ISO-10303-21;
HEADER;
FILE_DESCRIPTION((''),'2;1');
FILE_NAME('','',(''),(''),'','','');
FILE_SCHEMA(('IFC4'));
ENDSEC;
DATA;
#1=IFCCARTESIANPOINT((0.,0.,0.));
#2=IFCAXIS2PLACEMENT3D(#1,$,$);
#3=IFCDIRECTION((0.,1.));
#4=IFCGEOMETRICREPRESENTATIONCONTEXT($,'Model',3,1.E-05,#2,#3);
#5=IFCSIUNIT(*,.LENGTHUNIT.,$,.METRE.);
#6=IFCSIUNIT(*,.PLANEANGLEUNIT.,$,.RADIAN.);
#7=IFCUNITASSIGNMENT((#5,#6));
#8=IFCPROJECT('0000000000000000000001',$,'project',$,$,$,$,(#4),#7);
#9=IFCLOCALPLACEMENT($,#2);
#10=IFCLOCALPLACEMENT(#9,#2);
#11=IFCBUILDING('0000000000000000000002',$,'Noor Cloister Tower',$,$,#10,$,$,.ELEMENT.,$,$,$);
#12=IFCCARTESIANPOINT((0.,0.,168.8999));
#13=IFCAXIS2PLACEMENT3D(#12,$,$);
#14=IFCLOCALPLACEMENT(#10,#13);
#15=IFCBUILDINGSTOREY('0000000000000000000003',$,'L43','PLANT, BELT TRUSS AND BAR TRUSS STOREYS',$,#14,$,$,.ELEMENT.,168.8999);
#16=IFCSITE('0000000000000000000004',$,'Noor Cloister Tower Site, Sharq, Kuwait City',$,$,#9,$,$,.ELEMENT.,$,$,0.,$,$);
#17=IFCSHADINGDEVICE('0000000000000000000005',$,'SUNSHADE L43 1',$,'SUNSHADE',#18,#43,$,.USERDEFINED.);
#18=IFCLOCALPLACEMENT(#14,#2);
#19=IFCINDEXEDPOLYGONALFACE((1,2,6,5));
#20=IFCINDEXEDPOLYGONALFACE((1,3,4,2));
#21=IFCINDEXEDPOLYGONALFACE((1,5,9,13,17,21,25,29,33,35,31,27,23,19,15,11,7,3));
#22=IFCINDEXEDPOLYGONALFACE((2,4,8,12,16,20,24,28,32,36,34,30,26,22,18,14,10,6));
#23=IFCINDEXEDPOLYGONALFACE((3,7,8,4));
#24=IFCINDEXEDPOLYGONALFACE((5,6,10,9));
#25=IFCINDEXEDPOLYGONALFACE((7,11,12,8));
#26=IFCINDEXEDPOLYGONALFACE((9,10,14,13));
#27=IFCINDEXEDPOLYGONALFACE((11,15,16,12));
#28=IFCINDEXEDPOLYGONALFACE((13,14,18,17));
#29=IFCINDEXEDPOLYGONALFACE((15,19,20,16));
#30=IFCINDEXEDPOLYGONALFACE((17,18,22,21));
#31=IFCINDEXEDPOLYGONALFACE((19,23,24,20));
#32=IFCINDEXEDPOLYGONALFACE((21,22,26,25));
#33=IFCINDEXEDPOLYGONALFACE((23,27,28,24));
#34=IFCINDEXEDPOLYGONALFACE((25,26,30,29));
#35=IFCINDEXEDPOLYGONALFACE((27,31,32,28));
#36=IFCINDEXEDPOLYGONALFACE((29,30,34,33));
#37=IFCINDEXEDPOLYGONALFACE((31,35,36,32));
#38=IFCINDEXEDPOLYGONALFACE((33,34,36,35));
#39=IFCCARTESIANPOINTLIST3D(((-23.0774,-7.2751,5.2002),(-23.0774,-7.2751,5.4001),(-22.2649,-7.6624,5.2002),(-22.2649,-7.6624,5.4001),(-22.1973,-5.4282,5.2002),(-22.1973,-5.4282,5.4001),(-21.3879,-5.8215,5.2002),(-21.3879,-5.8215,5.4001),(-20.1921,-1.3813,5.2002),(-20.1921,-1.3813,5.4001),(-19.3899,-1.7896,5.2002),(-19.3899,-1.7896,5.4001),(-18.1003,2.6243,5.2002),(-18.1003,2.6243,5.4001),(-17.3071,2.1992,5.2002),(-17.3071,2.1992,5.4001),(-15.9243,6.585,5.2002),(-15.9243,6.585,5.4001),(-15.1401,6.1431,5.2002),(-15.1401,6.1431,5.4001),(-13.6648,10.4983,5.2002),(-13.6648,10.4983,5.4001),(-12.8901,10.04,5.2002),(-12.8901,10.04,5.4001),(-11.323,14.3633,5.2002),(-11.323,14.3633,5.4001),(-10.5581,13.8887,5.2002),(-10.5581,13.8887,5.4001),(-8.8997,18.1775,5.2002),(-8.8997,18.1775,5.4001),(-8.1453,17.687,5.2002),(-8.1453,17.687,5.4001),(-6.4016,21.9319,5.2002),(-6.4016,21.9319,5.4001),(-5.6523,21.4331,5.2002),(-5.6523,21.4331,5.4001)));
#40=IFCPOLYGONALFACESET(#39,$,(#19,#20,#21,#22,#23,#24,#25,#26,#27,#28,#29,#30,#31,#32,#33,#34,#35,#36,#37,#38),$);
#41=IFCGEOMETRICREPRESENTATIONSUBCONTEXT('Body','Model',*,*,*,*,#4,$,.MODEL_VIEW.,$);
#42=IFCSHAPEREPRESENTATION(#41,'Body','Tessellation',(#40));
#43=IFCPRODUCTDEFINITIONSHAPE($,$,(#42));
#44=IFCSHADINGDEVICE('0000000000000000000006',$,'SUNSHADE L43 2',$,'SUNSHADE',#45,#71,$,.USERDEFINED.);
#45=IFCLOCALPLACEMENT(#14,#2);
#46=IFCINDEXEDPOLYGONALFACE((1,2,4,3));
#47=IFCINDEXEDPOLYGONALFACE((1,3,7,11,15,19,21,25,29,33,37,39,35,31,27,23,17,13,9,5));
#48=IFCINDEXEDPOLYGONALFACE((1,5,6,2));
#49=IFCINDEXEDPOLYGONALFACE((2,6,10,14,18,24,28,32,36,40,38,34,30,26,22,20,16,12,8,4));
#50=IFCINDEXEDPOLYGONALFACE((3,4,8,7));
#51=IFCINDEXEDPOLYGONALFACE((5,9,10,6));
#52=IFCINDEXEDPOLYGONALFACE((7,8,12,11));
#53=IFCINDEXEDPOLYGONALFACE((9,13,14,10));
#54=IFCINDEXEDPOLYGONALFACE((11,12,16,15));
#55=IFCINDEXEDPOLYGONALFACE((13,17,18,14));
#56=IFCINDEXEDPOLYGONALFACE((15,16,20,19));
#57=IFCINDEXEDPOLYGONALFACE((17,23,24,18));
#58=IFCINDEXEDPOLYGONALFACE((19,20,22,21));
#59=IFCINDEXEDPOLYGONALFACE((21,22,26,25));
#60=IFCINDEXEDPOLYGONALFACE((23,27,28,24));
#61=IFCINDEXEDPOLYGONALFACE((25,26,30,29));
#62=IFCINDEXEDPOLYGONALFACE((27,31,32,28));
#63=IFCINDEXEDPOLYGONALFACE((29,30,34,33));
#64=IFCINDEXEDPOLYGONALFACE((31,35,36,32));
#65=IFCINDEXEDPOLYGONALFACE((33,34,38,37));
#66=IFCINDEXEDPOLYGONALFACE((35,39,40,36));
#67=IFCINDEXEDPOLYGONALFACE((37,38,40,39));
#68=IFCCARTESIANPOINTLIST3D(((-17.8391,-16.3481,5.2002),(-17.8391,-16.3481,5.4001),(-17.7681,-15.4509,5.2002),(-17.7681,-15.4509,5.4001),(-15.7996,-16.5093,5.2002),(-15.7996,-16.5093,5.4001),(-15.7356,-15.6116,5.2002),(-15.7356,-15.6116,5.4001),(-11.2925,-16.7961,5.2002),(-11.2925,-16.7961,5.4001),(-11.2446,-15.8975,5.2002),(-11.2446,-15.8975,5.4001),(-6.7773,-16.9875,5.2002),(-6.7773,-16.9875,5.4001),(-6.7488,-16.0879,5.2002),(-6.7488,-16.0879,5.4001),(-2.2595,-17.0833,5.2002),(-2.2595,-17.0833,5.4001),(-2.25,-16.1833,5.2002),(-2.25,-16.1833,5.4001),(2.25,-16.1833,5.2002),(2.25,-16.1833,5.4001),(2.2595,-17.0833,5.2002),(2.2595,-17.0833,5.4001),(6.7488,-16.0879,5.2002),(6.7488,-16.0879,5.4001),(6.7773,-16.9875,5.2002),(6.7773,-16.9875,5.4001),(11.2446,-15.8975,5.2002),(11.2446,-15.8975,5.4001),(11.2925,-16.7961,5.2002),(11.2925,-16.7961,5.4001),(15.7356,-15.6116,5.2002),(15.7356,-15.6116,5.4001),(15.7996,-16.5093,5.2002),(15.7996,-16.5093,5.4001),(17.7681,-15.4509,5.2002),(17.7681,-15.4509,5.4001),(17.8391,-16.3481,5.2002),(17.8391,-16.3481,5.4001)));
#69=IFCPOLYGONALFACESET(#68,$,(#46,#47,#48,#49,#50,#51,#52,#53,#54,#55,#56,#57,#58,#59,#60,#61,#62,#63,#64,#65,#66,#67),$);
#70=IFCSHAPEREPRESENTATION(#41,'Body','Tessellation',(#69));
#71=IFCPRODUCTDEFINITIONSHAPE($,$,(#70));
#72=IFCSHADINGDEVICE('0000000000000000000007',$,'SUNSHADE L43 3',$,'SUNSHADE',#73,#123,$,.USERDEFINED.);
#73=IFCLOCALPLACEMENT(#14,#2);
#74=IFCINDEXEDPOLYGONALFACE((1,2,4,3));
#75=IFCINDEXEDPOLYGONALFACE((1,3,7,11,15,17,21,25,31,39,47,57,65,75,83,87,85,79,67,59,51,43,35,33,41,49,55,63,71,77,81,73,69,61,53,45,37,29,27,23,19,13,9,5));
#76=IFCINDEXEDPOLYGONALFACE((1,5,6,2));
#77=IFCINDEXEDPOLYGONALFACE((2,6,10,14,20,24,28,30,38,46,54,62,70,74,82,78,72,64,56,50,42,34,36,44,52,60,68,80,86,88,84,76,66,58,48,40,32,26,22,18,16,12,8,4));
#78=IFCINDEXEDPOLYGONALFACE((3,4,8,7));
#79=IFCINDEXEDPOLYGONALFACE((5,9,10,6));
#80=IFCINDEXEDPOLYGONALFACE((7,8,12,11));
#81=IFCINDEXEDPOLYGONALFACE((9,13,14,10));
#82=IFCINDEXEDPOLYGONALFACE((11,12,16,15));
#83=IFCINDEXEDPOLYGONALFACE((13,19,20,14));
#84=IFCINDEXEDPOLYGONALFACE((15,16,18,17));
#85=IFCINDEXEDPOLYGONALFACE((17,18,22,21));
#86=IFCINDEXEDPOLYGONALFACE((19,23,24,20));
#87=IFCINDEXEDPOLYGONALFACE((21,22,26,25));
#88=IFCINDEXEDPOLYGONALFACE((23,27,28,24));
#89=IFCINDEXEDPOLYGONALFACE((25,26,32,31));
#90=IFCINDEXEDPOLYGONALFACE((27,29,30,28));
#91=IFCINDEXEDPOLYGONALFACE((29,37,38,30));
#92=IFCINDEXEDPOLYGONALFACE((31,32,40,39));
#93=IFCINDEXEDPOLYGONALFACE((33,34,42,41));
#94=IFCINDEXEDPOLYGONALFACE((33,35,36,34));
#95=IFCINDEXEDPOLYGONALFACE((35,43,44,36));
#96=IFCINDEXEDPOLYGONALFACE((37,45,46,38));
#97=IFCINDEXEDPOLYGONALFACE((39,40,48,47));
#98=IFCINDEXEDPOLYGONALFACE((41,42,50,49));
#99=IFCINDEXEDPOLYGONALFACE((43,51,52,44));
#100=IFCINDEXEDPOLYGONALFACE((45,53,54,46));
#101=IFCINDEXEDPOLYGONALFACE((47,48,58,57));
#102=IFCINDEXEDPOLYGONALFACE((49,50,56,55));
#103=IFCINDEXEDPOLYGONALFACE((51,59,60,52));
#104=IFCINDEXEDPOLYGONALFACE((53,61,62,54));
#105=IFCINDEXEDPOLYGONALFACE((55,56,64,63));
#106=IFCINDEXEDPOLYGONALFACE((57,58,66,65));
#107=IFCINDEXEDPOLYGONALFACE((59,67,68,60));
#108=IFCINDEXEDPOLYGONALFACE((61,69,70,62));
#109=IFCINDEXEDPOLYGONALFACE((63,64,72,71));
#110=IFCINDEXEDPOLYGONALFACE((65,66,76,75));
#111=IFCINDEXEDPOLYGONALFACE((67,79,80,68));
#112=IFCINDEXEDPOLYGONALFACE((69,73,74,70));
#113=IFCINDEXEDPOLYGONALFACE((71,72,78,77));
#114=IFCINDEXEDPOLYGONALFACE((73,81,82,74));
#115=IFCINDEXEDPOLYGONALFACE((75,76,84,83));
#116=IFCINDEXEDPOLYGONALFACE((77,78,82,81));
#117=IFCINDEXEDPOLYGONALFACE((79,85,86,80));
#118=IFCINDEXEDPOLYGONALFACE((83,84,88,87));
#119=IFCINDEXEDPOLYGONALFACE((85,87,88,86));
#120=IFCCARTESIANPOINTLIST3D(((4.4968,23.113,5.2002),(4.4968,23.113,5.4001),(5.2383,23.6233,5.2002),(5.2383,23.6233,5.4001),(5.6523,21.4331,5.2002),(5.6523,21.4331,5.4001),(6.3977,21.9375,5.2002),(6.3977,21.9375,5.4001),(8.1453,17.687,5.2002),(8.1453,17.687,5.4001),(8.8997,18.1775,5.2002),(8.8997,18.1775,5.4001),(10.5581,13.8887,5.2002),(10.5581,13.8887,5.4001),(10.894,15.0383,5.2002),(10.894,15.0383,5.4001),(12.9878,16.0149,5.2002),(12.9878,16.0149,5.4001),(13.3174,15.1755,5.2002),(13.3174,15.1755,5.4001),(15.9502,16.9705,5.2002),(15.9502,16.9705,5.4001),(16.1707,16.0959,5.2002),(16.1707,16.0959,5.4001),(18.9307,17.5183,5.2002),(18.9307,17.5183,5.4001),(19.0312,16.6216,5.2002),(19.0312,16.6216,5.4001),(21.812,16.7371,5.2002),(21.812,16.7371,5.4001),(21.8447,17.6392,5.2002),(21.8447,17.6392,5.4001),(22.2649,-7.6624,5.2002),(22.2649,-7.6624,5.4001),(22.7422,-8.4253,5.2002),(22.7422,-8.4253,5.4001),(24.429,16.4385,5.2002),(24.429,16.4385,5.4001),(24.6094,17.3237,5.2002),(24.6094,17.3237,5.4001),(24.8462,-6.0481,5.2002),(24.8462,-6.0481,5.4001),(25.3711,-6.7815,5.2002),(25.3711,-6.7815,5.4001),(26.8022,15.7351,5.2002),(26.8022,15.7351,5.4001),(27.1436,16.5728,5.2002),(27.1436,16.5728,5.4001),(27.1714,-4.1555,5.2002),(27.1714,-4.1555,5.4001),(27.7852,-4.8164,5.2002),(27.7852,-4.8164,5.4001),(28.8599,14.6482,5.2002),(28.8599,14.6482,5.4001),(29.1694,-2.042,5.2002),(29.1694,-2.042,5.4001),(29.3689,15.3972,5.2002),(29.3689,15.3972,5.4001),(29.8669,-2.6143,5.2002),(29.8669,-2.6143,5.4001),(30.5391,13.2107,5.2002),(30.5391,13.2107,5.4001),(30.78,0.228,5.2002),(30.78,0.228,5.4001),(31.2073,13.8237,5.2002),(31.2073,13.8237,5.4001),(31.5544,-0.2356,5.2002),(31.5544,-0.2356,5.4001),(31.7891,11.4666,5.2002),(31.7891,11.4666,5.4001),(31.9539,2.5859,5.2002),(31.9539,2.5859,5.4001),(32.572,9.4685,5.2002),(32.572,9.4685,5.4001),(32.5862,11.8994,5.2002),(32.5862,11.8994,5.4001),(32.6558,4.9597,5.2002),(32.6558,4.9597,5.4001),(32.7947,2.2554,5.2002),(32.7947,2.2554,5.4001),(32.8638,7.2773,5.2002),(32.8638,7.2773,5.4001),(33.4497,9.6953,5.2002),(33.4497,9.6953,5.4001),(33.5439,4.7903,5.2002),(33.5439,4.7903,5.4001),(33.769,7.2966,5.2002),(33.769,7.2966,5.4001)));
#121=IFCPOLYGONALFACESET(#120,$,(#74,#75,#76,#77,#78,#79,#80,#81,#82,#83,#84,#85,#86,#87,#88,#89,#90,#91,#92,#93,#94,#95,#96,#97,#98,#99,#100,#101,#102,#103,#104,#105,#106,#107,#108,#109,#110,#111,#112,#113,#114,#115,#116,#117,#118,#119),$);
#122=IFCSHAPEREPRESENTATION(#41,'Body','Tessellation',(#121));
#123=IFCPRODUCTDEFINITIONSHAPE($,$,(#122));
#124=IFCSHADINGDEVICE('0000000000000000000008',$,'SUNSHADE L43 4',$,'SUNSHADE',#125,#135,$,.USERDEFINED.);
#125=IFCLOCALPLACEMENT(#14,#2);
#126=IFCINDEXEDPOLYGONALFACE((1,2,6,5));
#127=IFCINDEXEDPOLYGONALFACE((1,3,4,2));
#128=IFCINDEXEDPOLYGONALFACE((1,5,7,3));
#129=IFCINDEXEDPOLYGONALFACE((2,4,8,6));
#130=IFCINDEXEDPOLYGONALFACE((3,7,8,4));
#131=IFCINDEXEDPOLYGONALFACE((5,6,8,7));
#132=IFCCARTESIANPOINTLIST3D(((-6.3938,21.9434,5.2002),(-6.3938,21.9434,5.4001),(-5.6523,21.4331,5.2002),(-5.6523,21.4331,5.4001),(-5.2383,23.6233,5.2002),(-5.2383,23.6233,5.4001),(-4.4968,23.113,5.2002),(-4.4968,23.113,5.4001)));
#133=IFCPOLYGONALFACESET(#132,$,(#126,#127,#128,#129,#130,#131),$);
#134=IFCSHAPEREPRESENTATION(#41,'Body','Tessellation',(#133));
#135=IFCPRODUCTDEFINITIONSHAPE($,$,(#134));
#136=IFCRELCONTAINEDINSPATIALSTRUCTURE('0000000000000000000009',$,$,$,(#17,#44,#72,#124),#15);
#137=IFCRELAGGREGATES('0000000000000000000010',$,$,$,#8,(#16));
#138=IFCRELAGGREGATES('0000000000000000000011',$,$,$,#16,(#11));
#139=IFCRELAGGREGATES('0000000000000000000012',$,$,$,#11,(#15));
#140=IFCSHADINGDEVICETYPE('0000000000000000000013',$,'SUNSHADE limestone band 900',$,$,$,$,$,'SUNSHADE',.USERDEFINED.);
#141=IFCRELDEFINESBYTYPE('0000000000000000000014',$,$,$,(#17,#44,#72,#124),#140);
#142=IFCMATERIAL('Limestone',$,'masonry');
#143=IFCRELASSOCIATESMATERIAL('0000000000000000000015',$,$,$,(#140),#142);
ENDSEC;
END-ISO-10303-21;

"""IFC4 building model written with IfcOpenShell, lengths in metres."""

from ifc_helpers import new_model, si_unit, direction, frame, origin, place, context, subcontext, project, spatial, polyline, outline, extrude, material, type_object, element, save


model = new_model("IFC4")

# Units and contexts
model_context = context("Model", 3, precision=1e-05, world=origin(), true_north=direction((0.0, 1.0)))
body_context = subcontext(model_context, "Body", "Model", "MODEL_VIEW")
ifc_project = project(units=[si_unit("LENGTHUNIT", "METRE"), si_unit("PLANEANGLEUNIT", "RADIAN")], contexts=[model_context])

# Site, building, storey
site_placement = place(None, origin())
site = spatial("IfcSite", under=ifc_project, at=site_placement, Name="Noor Cloister Tower Site, Sharq, Kuwait City", CompositionType="ELEMENT", RefElevation=0.0)
building_placement = place(site_placement, origin())
building = spatial("IfcBuilding", under=site, at=building_placement, Name="Noor Cloister Tower", CompositionType="ELEMENT")
storey_placement = place(building_placement, frame((0.0, 0.0, 168.8999)))
storey = spatial("IfcBuildingStorey", under=building, at=storey_placement, Name="L43", Description="PLANT, BELT TRUSS AND BAR TRUSS STOREYS", CompositionType="ELEMENT", Elevation=168.8999)

# Shading devices
ifc_material_1 = material(Name="Limestone", Category="masonry")
shading_device_type_1 = type_object("IfcShadingDeviceType", Name="SUNSHADE limestone band 900", ElementType="SUNSHADE", PredefinedType="USERDEFINED", material=ifc_material_1)
shading_device_1_placement = place(storey_placement, frame((0.0, 0.0, 5.2002)))
element("IfcShadingDevice", 1, at=shading_device_1_placement, inside=storey, type_object=shading_device_type_1, Name="SUNSHADE L43 1", ObjectType="SUNSHADE", PredefinedType="USERDEFINED", context=body_context, shape_type="SweptSolid", body=[
    extrude(outline(polyline([(-6.4016, 21.9319), (-8.8997, 18.1775), (-11.323, 14.3633), (-13.6648, 10.4983), (-15.9243, 6.585), (-18.1003, 2.6243), (-20.1921, -1.3813), (-22.1973, -5.4282), (-23.0774, -7.2751), (-22.2649, -7.6624), (-21.3879, -5.8215), (-19.3899, -1.7896), (-17.3071, 2.1992), (-15.1401, 6.1431), (-12.8901, 10.04), (-10.5581, 13.8887), (-8.1453, 17.687), (-5.6523, 21.4331), (-6.4016, 21.9319)])), origin(), (0.0, 0.0, 1.0), 0.2),
])
shading_device_2_placement = place(storey_placement, frame((0.0, 0.0, 5.2002)))
element("IfcShadingDevice", 2, at=shading_device_2_placement, inside=storey, type_object=shading_device_type_1, Name="SUNSHADE L43 2", ObjectType="SUNSHADE", PredefinedType="USERDEFINED", context=body_context, shape_type="SweptSolid", body=[
    extrude(outline(polyline([(-17.8391, -16.3481), (-15.7996, -16.5093), (-11.2925, -16.7961), (-6.7773, -16.9875), (-2.2595, -17.0833), (2.2595, -17.0833), (6.7773, -16.9875), (11.2925, -16.7961), (15.7996, -16.5093), (17.8391, -16.3481), (17.7681, -15.4509), (15.7356, -15.6116), (11.2446, -15.8975), (6.7488, -16.0879), (2.25, -16.1833), (-2.25, -16.1833), (-6.7488, -16.0879), (-11.2446, -15.8975), (-15.7356, -15.6116), (-17.7681, -15.4509), (-17.8391, -16.3481)])), origin(), (0.0, 0.0, 1.0), 0.2),
])
shading_device_3_placement = place(storey_placement, frame((0.0, 0.0, 5.2002)))
element("IfcShadingDevice", 3, at=shading_device_3_placement, inside=storey, type_object=shading_device_type_1, Name="SUNSHADE L43 3", ObjectType="SUNSHADE", PredefinedType="USERDEFINED", context=body_context, shape_type="SweptSolid", body=[
    extrude(outline(polyline([(22.7422, -8.4253), (25.3711, -6.7815), (27.7852, -4.8164), (29.8669, -2.6143), (31.5544, -0.2356), (32.7947, 2.2554), (33.5439, 4.7903), (33.769, 7.2966), (33.4497, 9.6953), (32.5862, 11.8994), (31.2073, 13.8237), (29.3689, 15.3972), (27.1436, 16.5728), (24.6094, 17.3237), (21.8447, 17.6392), (18.9307, 17.5183), (15.9502, 16.9705), (12.9878, 16.0149), (10.894, 15.0383), (8.8997, 18.1775), (6.3977, 21.9375), (5.2383, 23.6233), (4.4968, 23.113), (5.6523, 21.4331), (8.1453, 17.687), (10.5581, 13.8887), (13.3174, 15.1755), (16.1707, 16.0959), (19.0312, 16.6216), (21.812, 16.7371), (24.429, 16.4385), (26.8022, 15.7351), (28.8599, 14.6482), (30.5391, 13.2107), (31.7891, 11.4666), (32.572, 9.4685), (32.8638, 7.2773), (32.6558, 4.9597), (31.9539, 2.5859), (30.78, 0.228), (29.1694, -2.042), (27.1714, -4.1555), (24.8462, -6.0481), (22.2649, -7.6624), (22.7422, -8.4253)])), origin(), (0.0, 0.0, 1.0), 0.2),
])
shading_device_4_placement = place(storey_placement, frame((0.0, 0.0, 5.2002)))
element("IfcShadingDevice", 4, at=shading_device_4_placement, inside=storey, type_object=shading_device_type_1, Name="SUNSHADE L43 4", ObjectType="SUNSHADE", PredefinedType="USERDEFINED", context=body_context, shape_type="SweptSolid", body=[
    extrude(outline(polyline([(-5.2383, 23.6233), (-6.3938, 21.9434), (-5.6523, 21.4331), (-4.4968, 23.113), (-5.2383, 23.6233)])), origin(), (0.0, 0.0, 1.0), 0.2),
])

save(model, "model.ifc")
